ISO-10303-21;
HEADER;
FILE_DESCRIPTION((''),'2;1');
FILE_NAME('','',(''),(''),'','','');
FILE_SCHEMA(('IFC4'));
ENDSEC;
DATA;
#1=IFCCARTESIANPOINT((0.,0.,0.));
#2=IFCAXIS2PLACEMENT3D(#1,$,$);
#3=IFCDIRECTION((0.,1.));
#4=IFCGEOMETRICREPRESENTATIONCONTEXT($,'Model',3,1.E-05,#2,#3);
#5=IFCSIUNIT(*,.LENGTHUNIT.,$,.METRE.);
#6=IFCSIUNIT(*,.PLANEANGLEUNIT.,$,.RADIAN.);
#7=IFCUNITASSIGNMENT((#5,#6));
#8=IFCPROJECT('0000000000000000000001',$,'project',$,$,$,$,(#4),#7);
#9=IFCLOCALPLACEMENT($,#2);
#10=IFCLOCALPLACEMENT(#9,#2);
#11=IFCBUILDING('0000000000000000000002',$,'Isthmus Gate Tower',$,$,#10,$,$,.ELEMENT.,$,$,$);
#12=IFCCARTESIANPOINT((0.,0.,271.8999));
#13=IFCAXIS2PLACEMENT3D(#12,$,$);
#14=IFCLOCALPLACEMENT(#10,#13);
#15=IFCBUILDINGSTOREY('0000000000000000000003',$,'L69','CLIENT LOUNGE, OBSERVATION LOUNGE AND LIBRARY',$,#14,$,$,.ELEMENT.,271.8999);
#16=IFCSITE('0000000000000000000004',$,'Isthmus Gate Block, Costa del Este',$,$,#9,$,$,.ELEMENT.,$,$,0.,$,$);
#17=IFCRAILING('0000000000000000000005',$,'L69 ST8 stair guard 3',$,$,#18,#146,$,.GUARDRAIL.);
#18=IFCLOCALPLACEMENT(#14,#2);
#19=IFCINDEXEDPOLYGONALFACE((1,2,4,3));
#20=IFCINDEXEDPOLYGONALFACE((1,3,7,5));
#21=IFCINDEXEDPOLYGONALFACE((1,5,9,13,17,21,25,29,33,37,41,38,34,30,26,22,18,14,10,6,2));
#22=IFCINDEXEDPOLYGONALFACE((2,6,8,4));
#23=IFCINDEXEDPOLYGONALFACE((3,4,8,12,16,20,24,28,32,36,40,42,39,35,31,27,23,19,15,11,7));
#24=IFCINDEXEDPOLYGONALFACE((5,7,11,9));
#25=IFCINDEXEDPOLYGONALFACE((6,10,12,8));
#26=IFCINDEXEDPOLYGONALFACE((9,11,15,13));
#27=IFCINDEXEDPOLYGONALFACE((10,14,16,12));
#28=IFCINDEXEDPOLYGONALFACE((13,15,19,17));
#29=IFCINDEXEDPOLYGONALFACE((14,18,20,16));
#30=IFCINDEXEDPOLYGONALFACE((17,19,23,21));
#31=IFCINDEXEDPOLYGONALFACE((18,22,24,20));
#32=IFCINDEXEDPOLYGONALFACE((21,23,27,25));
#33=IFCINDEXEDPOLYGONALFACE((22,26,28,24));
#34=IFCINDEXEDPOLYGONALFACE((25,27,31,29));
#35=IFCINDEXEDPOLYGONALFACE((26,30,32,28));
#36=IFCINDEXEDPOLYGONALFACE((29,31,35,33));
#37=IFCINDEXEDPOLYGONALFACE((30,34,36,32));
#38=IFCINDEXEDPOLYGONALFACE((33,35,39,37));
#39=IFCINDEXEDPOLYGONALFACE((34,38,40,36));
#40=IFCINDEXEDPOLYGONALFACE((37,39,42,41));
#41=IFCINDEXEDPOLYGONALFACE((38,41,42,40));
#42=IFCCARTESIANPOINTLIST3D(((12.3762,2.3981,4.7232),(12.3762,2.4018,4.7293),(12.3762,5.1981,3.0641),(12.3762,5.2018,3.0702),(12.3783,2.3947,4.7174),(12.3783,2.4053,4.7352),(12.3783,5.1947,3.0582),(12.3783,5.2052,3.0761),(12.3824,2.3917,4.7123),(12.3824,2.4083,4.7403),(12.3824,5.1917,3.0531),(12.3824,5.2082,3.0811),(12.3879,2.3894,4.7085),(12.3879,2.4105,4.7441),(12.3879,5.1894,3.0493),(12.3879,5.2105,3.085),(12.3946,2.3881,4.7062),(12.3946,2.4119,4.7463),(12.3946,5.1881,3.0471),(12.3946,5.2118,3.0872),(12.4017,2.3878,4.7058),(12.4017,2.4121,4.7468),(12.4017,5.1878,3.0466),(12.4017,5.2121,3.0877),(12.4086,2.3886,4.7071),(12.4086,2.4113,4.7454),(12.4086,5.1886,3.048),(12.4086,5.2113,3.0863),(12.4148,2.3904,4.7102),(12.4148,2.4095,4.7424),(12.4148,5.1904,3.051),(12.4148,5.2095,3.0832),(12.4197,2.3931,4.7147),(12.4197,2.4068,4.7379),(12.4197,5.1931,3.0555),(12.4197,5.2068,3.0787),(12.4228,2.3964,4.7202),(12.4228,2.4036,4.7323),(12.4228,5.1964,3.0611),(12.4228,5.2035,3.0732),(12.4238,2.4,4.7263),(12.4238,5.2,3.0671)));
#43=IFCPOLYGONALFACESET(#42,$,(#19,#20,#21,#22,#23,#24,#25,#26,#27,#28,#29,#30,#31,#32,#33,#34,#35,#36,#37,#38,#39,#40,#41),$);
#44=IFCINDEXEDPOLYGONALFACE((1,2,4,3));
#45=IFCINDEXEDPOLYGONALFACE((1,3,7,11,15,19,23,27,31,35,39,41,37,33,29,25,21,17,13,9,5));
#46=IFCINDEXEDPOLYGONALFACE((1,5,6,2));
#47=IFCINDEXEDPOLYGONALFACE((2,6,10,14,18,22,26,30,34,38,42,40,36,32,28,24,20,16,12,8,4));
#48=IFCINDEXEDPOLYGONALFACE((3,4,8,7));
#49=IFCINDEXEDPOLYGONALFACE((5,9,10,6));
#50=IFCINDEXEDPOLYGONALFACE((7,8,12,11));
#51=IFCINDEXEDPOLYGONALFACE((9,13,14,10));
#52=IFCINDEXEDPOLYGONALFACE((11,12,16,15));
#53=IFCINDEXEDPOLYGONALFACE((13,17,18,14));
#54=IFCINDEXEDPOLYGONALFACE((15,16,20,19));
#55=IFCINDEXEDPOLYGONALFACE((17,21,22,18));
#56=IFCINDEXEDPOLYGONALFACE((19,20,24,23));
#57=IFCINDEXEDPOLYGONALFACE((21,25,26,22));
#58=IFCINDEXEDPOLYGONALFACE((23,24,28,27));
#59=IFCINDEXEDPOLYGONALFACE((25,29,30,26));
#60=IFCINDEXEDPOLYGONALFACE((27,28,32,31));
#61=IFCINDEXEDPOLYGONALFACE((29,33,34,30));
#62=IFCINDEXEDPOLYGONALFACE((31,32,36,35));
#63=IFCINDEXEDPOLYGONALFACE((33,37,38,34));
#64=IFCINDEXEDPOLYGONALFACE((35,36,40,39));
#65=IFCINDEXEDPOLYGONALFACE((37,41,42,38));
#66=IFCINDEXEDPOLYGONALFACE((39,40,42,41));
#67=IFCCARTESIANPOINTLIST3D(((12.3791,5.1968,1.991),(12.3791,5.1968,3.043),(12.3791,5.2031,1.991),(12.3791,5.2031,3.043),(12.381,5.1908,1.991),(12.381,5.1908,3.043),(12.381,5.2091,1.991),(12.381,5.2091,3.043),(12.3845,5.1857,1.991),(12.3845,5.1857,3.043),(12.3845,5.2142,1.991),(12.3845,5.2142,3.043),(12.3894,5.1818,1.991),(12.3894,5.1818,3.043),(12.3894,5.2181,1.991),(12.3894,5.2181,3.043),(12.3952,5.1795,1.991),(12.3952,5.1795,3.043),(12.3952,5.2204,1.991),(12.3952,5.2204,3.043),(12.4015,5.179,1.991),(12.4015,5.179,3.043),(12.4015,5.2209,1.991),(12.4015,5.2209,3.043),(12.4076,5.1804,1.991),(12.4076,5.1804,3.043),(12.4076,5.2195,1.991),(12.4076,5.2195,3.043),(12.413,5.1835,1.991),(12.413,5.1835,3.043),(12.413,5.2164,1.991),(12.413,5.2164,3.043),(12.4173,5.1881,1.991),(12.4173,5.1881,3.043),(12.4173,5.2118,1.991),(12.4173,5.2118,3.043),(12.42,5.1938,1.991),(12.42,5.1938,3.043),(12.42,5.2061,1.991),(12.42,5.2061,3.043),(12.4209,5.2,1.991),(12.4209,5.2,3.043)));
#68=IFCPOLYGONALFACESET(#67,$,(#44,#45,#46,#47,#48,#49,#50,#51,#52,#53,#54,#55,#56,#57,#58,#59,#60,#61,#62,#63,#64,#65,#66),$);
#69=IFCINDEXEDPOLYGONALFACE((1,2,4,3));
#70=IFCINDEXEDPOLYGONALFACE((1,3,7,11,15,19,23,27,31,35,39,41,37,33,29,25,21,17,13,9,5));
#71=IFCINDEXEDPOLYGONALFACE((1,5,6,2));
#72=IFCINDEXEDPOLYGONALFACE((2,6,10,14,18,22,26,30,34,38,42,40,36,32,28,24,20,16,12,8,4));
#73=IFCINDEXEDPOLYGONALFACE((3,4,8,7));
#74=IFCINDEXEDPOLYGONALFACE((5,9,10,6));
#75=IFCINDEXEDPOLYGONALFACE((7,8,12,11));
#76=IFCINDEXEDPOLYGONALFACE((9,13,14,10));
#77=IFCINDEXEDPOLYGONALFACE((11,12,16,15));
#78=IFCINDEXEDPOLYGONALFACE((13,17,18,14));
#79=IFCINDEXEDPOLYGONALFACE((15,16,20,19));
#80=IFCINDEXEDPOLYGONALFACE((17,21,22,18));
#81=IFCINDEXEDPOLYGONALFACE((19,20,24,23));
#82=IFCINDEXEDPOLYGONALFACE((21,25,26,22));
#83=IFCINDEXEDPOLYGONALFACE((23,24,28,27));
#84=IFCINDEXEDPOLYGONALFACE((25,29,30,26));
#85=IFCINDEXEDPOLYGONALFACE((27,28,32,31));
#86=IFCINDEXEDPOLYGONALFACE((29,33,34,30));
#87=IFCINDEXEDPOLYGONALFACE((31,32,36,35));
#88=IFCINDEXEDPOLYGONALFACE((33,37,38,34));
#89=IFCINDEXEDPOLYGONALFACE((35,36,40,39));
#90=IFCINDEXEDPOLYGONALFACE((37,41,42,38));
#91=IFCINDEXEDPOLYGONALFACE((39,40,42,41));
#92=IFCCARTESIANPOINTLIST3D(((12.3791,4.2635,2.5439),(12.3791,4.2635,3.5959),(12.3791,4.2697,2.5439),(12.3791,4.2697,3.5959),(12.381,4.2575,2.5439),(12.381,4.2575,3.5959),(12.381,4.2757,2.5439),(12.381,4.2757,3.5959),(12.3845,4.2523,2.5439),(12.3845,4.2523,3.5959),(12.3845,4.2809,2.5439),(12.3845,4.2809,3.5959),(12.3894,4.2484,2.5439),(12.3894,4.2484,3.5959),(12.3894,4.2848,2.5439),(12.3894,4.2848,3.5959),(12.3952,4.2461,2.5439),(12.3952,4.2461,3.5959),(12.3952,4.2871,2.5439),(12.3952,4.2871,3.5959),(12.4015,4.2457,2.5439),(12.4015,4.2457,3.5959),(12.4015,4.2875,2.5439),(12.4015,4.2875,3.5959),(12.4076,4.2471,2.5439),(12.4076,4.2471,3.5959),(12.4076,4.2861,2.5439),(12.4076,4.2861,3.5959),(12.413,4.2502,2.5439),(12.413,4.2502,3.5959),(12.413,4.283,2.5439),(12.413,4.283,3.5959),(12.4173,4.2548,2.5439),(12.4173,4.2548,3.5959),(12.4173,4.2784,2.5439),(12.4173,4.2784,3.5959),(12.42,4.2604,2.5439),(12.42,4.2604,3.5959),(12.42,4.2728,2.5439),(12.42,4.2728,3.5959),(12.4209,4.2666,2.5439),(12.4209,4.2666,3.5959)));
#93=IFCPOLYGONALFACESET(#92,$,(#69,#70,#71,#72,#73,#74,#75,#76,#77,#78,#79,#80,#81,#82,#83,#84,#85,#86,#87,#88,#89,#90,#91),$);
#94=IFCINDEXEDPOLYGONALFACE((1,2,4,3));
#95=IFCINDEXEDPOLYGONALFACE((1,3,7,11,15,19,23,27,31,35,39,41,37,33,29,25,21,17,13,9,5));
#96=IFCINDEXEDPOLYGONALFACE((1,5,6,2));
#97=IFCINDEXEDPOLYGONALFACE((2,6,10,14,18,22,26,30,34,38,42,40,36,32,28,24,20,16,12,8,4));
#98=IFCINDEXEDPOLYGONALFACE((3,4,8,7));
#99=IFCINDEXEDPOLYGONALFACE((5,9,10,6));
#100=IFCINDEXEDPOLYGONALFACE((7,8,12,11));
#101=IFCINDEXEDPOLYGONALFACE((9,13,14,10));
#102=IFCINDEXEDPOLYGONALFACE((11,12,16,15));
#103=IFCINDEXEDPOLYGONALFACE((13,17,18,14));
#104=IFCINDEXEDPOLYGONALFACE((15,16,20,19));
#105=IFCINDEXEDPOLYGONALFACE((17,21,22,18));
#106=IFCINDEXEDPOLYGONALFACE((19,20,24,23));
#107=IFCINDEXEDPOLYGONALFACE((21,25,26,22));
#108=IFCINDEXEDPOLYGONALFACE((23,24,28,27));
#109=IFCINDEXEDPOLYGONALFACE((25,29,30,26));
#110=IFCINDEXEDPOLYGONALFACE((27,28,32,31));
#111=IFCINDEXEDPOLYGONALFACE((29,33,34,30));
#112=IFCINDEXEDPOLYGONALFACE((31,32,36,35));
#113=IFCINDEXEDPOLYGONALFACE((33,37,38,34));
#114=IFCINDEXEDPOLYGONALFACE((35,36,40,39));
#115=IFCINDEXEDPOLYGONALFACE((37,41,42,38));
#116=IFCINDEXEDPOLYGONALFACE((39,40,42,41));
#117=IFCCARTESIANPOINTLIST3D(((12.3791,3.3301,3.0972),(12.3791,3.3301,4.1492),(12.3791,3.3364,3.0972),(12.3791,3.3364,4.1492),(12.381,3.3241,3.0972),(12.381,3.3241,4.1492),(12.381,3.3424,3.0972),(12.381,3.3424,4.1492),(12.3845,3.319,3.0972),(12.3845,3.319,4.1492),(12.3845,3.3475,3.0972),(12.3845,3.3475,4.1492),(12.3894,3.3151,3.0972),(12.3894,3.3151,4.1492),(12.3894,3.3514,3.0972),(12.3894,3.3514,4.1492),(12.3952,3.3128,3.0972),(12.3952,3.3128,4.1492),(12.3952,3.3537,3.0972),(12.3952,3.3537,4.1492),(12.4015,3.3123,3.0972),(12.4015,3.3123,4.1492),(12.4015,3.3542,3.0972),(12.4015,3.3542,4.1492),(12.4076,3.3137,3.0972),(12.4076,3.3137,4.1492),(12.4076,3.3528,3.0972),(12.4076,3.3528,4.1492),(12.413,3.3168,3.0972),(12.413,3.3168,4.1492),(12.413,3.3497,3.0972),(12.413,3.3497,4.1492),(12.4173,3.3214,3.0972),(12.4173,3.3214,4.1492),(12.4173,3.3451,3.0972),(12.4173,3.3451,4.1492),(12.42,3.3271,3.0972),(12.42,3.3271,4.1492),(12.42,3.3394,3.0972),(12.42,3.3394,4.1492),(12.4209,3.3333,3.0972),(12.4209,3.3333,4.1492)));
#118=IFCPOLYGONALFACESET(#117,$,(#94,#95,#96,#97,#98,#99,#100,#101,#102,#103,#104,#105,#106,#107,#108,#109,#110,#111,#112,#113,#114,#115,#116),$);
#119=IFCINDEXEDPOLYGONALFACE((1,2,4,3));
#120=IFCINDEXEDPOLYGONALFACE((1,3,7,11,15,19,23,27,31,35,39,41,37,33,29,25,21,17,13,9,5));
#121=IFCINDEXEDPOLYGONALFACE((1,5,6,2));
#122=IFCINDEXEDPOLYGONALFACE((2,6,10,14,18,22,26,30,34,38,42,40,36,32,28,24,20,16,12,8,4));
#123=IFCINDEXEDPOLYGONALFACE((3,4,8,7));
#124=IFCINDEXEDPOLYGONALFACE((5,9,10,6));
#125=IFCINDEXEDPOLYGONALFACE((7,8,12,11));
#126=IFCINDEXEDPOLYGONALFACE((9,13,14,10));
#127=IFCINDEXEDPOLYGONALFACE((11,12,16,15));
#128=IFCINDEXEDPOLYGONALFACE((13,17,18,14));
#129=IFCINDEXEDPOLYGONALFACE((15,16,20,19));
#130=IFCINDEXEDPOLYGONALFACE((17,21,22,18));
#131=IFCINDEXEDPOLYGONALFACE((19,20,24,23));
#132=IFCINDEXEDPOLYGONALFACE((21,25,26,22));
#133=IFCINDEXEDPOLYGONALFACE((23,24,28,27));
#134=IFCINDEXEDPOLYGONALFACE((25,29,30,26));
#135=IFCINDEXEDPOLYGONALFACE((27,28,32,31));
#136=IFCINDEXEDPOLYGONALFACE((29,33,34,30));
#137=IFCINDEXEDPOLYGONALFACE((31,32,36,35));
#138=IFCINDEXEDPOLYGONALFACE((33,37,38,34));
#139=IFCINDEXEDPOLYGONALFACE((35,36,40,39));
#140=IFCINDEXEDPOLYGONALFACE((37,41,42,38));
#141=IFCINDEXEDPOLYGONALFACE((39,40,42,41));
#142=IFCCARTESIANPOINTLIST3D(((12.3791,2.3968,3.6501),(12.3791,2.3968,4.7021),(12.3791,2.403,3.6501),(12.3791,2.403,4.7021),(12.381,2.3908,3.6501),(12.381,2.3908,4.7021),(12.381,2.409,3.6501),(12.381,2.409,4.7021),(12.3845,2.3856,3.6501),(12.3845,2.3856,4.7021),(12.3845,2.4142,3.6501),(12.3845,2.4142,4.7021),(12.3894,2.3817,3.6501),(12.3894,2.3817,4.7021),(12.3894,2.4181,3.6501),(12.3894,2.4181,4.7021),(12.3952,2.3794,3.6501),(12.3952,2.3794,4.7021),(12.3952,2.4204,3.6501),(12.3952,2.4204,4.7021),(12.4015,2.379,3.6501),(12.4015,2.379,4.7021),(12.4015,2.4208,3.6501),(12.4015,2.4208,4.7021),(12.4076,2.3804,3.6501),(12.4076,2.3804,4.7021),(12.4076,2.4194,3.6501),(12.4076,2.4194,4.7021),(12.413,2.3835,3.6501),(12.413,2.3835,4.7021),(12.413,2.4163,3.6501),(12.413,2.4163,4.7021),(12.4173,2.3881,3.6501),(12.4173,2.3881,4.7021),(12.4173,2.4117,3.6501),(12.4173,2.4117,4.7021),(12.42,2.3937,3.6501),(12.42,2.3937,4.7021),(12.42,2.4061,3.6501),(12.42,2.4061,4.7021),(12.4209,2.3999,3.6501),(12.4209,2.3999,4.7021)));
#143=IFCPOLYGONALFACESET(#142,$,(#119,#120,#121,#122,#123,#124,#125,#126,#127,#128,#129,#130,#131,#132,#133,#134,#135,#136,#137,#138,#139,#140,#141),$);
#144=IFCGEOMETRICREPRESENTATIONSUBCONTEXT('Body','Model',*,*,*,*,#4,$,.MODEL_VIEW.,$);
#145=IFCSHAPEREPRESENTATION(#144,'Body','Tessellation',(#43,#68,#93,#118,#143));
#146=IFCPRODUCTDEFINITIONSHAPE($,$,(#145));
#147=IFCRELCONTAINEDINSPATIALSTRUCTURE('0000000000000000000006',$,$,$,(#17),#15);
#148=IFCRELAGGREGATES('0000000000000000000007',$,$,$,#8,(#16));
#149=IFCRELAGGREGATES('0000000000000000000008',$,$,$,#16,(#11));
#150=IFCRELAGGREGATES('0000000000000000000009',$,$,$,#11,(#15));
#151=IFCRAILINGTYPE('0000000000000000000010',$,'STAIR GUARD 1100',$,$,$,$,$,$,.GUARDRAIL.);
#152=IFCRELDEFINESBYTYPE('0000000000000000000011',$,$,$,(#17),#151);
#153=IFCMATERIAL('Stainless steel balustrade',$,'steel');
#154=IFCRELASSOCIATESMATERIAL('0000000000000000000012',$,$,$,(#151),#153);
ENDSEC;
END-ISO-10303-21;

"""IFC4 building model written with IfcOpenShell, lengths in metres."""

from ifc_helpers import new_model, si_unit, direction, frame, origin, origin_2d, place, context, subcontext, project, spatial, circle, extrude, material, type_object, element, save


model = new_model("IFC4")

# Units and contexts
model_context = context("Model", 3, precision=1e-05, world=origin(), true_north=direction((0.0, 1.0)))
body_context = subcontext(model_context, "Body", "Model", "MODEL_VIEW")
ifc_project = project(units=[si_unit("LENGTHUNIT", "METRE"), si_unit("PLANEANGLEUNIT", "RADIAN")], contexts=[model_context])

# Site, building, storey
site_placement = place(None, origin())
site = spatial("IfcSite", under=ifc_project, at=site_placement, Name="Isthmus Gate Block, Costa del Este", CompositionType="ELEMENT", RefElevation=0.0)
building_placement = place(site_placement, origin())
building = spatial("IfcBuilding", under=site, at=building_placement, Name="Isthmus Gate Tower", CompositionType="ELEMENT")
storey_placement = place(building_placement, frame((0.0, 0.0, 271.8999)))
storey = spatial("IfcBuildingStorey", under=building, at=storey_placement, Name="L69", Description="CLIENT LOUNGE, OBSERVATION LOUNGE AND LIBRARY", CompositionType="ELEMENT", Elevation=271.8999)

# Railing
ifc_material_1 = material(Name="Stainless steel balustrade", Category="steel")
railing_type_1 = type_object("IfcRailingType", Name="STAIR GUARD 1100", PredefinedType="GUARDRAIL", material=ifc_material_1)
railing_1_placement = place(storey_placement, frame((12.3999, 5.2, 1.991)))
element("IfcRailing", 1, at=railing_1_placement, inside=storey, type_object=railing_type_1, Name="L69 ST8 stair guard 3", PredefinedType="GUARDRAIL", context=body_context, shape_type="SweptSolid", body=[
    extrude(circle(Radius=0.0239, at=origin_2d()), frame((0.0, 0.0, 1.0762), z_axis=(0.0, -0.860306, 0.509778), x_axis=(1.0, 0.0, 0.0)), (0.0, 0.0, 1.0), 3.2546),
    extrude(circle(Radius=0.021, at=origin_2d()), origin(), (0.0, 0.0, 1.0), 1.052),
    extrude(circle(Radius=0.021, at=origin_2d()), frame((0.0, -0.9333, 0.553)), (0.0, 0.0, 1.0), 1.052),
    extrude(circle(Radius=0.021, at=origin_2d()), frame((0.0, -1.8667, 1.1062)), (0.0, 0.0, 1.0), 1.052),
    extrude(circle(Radius=0.021, at=origin_2d()), frame((0.0, -2.8, 1.6592)), (0.0, 0.0, 1.0), 1.052),
])

save(model, "model.ifc")
